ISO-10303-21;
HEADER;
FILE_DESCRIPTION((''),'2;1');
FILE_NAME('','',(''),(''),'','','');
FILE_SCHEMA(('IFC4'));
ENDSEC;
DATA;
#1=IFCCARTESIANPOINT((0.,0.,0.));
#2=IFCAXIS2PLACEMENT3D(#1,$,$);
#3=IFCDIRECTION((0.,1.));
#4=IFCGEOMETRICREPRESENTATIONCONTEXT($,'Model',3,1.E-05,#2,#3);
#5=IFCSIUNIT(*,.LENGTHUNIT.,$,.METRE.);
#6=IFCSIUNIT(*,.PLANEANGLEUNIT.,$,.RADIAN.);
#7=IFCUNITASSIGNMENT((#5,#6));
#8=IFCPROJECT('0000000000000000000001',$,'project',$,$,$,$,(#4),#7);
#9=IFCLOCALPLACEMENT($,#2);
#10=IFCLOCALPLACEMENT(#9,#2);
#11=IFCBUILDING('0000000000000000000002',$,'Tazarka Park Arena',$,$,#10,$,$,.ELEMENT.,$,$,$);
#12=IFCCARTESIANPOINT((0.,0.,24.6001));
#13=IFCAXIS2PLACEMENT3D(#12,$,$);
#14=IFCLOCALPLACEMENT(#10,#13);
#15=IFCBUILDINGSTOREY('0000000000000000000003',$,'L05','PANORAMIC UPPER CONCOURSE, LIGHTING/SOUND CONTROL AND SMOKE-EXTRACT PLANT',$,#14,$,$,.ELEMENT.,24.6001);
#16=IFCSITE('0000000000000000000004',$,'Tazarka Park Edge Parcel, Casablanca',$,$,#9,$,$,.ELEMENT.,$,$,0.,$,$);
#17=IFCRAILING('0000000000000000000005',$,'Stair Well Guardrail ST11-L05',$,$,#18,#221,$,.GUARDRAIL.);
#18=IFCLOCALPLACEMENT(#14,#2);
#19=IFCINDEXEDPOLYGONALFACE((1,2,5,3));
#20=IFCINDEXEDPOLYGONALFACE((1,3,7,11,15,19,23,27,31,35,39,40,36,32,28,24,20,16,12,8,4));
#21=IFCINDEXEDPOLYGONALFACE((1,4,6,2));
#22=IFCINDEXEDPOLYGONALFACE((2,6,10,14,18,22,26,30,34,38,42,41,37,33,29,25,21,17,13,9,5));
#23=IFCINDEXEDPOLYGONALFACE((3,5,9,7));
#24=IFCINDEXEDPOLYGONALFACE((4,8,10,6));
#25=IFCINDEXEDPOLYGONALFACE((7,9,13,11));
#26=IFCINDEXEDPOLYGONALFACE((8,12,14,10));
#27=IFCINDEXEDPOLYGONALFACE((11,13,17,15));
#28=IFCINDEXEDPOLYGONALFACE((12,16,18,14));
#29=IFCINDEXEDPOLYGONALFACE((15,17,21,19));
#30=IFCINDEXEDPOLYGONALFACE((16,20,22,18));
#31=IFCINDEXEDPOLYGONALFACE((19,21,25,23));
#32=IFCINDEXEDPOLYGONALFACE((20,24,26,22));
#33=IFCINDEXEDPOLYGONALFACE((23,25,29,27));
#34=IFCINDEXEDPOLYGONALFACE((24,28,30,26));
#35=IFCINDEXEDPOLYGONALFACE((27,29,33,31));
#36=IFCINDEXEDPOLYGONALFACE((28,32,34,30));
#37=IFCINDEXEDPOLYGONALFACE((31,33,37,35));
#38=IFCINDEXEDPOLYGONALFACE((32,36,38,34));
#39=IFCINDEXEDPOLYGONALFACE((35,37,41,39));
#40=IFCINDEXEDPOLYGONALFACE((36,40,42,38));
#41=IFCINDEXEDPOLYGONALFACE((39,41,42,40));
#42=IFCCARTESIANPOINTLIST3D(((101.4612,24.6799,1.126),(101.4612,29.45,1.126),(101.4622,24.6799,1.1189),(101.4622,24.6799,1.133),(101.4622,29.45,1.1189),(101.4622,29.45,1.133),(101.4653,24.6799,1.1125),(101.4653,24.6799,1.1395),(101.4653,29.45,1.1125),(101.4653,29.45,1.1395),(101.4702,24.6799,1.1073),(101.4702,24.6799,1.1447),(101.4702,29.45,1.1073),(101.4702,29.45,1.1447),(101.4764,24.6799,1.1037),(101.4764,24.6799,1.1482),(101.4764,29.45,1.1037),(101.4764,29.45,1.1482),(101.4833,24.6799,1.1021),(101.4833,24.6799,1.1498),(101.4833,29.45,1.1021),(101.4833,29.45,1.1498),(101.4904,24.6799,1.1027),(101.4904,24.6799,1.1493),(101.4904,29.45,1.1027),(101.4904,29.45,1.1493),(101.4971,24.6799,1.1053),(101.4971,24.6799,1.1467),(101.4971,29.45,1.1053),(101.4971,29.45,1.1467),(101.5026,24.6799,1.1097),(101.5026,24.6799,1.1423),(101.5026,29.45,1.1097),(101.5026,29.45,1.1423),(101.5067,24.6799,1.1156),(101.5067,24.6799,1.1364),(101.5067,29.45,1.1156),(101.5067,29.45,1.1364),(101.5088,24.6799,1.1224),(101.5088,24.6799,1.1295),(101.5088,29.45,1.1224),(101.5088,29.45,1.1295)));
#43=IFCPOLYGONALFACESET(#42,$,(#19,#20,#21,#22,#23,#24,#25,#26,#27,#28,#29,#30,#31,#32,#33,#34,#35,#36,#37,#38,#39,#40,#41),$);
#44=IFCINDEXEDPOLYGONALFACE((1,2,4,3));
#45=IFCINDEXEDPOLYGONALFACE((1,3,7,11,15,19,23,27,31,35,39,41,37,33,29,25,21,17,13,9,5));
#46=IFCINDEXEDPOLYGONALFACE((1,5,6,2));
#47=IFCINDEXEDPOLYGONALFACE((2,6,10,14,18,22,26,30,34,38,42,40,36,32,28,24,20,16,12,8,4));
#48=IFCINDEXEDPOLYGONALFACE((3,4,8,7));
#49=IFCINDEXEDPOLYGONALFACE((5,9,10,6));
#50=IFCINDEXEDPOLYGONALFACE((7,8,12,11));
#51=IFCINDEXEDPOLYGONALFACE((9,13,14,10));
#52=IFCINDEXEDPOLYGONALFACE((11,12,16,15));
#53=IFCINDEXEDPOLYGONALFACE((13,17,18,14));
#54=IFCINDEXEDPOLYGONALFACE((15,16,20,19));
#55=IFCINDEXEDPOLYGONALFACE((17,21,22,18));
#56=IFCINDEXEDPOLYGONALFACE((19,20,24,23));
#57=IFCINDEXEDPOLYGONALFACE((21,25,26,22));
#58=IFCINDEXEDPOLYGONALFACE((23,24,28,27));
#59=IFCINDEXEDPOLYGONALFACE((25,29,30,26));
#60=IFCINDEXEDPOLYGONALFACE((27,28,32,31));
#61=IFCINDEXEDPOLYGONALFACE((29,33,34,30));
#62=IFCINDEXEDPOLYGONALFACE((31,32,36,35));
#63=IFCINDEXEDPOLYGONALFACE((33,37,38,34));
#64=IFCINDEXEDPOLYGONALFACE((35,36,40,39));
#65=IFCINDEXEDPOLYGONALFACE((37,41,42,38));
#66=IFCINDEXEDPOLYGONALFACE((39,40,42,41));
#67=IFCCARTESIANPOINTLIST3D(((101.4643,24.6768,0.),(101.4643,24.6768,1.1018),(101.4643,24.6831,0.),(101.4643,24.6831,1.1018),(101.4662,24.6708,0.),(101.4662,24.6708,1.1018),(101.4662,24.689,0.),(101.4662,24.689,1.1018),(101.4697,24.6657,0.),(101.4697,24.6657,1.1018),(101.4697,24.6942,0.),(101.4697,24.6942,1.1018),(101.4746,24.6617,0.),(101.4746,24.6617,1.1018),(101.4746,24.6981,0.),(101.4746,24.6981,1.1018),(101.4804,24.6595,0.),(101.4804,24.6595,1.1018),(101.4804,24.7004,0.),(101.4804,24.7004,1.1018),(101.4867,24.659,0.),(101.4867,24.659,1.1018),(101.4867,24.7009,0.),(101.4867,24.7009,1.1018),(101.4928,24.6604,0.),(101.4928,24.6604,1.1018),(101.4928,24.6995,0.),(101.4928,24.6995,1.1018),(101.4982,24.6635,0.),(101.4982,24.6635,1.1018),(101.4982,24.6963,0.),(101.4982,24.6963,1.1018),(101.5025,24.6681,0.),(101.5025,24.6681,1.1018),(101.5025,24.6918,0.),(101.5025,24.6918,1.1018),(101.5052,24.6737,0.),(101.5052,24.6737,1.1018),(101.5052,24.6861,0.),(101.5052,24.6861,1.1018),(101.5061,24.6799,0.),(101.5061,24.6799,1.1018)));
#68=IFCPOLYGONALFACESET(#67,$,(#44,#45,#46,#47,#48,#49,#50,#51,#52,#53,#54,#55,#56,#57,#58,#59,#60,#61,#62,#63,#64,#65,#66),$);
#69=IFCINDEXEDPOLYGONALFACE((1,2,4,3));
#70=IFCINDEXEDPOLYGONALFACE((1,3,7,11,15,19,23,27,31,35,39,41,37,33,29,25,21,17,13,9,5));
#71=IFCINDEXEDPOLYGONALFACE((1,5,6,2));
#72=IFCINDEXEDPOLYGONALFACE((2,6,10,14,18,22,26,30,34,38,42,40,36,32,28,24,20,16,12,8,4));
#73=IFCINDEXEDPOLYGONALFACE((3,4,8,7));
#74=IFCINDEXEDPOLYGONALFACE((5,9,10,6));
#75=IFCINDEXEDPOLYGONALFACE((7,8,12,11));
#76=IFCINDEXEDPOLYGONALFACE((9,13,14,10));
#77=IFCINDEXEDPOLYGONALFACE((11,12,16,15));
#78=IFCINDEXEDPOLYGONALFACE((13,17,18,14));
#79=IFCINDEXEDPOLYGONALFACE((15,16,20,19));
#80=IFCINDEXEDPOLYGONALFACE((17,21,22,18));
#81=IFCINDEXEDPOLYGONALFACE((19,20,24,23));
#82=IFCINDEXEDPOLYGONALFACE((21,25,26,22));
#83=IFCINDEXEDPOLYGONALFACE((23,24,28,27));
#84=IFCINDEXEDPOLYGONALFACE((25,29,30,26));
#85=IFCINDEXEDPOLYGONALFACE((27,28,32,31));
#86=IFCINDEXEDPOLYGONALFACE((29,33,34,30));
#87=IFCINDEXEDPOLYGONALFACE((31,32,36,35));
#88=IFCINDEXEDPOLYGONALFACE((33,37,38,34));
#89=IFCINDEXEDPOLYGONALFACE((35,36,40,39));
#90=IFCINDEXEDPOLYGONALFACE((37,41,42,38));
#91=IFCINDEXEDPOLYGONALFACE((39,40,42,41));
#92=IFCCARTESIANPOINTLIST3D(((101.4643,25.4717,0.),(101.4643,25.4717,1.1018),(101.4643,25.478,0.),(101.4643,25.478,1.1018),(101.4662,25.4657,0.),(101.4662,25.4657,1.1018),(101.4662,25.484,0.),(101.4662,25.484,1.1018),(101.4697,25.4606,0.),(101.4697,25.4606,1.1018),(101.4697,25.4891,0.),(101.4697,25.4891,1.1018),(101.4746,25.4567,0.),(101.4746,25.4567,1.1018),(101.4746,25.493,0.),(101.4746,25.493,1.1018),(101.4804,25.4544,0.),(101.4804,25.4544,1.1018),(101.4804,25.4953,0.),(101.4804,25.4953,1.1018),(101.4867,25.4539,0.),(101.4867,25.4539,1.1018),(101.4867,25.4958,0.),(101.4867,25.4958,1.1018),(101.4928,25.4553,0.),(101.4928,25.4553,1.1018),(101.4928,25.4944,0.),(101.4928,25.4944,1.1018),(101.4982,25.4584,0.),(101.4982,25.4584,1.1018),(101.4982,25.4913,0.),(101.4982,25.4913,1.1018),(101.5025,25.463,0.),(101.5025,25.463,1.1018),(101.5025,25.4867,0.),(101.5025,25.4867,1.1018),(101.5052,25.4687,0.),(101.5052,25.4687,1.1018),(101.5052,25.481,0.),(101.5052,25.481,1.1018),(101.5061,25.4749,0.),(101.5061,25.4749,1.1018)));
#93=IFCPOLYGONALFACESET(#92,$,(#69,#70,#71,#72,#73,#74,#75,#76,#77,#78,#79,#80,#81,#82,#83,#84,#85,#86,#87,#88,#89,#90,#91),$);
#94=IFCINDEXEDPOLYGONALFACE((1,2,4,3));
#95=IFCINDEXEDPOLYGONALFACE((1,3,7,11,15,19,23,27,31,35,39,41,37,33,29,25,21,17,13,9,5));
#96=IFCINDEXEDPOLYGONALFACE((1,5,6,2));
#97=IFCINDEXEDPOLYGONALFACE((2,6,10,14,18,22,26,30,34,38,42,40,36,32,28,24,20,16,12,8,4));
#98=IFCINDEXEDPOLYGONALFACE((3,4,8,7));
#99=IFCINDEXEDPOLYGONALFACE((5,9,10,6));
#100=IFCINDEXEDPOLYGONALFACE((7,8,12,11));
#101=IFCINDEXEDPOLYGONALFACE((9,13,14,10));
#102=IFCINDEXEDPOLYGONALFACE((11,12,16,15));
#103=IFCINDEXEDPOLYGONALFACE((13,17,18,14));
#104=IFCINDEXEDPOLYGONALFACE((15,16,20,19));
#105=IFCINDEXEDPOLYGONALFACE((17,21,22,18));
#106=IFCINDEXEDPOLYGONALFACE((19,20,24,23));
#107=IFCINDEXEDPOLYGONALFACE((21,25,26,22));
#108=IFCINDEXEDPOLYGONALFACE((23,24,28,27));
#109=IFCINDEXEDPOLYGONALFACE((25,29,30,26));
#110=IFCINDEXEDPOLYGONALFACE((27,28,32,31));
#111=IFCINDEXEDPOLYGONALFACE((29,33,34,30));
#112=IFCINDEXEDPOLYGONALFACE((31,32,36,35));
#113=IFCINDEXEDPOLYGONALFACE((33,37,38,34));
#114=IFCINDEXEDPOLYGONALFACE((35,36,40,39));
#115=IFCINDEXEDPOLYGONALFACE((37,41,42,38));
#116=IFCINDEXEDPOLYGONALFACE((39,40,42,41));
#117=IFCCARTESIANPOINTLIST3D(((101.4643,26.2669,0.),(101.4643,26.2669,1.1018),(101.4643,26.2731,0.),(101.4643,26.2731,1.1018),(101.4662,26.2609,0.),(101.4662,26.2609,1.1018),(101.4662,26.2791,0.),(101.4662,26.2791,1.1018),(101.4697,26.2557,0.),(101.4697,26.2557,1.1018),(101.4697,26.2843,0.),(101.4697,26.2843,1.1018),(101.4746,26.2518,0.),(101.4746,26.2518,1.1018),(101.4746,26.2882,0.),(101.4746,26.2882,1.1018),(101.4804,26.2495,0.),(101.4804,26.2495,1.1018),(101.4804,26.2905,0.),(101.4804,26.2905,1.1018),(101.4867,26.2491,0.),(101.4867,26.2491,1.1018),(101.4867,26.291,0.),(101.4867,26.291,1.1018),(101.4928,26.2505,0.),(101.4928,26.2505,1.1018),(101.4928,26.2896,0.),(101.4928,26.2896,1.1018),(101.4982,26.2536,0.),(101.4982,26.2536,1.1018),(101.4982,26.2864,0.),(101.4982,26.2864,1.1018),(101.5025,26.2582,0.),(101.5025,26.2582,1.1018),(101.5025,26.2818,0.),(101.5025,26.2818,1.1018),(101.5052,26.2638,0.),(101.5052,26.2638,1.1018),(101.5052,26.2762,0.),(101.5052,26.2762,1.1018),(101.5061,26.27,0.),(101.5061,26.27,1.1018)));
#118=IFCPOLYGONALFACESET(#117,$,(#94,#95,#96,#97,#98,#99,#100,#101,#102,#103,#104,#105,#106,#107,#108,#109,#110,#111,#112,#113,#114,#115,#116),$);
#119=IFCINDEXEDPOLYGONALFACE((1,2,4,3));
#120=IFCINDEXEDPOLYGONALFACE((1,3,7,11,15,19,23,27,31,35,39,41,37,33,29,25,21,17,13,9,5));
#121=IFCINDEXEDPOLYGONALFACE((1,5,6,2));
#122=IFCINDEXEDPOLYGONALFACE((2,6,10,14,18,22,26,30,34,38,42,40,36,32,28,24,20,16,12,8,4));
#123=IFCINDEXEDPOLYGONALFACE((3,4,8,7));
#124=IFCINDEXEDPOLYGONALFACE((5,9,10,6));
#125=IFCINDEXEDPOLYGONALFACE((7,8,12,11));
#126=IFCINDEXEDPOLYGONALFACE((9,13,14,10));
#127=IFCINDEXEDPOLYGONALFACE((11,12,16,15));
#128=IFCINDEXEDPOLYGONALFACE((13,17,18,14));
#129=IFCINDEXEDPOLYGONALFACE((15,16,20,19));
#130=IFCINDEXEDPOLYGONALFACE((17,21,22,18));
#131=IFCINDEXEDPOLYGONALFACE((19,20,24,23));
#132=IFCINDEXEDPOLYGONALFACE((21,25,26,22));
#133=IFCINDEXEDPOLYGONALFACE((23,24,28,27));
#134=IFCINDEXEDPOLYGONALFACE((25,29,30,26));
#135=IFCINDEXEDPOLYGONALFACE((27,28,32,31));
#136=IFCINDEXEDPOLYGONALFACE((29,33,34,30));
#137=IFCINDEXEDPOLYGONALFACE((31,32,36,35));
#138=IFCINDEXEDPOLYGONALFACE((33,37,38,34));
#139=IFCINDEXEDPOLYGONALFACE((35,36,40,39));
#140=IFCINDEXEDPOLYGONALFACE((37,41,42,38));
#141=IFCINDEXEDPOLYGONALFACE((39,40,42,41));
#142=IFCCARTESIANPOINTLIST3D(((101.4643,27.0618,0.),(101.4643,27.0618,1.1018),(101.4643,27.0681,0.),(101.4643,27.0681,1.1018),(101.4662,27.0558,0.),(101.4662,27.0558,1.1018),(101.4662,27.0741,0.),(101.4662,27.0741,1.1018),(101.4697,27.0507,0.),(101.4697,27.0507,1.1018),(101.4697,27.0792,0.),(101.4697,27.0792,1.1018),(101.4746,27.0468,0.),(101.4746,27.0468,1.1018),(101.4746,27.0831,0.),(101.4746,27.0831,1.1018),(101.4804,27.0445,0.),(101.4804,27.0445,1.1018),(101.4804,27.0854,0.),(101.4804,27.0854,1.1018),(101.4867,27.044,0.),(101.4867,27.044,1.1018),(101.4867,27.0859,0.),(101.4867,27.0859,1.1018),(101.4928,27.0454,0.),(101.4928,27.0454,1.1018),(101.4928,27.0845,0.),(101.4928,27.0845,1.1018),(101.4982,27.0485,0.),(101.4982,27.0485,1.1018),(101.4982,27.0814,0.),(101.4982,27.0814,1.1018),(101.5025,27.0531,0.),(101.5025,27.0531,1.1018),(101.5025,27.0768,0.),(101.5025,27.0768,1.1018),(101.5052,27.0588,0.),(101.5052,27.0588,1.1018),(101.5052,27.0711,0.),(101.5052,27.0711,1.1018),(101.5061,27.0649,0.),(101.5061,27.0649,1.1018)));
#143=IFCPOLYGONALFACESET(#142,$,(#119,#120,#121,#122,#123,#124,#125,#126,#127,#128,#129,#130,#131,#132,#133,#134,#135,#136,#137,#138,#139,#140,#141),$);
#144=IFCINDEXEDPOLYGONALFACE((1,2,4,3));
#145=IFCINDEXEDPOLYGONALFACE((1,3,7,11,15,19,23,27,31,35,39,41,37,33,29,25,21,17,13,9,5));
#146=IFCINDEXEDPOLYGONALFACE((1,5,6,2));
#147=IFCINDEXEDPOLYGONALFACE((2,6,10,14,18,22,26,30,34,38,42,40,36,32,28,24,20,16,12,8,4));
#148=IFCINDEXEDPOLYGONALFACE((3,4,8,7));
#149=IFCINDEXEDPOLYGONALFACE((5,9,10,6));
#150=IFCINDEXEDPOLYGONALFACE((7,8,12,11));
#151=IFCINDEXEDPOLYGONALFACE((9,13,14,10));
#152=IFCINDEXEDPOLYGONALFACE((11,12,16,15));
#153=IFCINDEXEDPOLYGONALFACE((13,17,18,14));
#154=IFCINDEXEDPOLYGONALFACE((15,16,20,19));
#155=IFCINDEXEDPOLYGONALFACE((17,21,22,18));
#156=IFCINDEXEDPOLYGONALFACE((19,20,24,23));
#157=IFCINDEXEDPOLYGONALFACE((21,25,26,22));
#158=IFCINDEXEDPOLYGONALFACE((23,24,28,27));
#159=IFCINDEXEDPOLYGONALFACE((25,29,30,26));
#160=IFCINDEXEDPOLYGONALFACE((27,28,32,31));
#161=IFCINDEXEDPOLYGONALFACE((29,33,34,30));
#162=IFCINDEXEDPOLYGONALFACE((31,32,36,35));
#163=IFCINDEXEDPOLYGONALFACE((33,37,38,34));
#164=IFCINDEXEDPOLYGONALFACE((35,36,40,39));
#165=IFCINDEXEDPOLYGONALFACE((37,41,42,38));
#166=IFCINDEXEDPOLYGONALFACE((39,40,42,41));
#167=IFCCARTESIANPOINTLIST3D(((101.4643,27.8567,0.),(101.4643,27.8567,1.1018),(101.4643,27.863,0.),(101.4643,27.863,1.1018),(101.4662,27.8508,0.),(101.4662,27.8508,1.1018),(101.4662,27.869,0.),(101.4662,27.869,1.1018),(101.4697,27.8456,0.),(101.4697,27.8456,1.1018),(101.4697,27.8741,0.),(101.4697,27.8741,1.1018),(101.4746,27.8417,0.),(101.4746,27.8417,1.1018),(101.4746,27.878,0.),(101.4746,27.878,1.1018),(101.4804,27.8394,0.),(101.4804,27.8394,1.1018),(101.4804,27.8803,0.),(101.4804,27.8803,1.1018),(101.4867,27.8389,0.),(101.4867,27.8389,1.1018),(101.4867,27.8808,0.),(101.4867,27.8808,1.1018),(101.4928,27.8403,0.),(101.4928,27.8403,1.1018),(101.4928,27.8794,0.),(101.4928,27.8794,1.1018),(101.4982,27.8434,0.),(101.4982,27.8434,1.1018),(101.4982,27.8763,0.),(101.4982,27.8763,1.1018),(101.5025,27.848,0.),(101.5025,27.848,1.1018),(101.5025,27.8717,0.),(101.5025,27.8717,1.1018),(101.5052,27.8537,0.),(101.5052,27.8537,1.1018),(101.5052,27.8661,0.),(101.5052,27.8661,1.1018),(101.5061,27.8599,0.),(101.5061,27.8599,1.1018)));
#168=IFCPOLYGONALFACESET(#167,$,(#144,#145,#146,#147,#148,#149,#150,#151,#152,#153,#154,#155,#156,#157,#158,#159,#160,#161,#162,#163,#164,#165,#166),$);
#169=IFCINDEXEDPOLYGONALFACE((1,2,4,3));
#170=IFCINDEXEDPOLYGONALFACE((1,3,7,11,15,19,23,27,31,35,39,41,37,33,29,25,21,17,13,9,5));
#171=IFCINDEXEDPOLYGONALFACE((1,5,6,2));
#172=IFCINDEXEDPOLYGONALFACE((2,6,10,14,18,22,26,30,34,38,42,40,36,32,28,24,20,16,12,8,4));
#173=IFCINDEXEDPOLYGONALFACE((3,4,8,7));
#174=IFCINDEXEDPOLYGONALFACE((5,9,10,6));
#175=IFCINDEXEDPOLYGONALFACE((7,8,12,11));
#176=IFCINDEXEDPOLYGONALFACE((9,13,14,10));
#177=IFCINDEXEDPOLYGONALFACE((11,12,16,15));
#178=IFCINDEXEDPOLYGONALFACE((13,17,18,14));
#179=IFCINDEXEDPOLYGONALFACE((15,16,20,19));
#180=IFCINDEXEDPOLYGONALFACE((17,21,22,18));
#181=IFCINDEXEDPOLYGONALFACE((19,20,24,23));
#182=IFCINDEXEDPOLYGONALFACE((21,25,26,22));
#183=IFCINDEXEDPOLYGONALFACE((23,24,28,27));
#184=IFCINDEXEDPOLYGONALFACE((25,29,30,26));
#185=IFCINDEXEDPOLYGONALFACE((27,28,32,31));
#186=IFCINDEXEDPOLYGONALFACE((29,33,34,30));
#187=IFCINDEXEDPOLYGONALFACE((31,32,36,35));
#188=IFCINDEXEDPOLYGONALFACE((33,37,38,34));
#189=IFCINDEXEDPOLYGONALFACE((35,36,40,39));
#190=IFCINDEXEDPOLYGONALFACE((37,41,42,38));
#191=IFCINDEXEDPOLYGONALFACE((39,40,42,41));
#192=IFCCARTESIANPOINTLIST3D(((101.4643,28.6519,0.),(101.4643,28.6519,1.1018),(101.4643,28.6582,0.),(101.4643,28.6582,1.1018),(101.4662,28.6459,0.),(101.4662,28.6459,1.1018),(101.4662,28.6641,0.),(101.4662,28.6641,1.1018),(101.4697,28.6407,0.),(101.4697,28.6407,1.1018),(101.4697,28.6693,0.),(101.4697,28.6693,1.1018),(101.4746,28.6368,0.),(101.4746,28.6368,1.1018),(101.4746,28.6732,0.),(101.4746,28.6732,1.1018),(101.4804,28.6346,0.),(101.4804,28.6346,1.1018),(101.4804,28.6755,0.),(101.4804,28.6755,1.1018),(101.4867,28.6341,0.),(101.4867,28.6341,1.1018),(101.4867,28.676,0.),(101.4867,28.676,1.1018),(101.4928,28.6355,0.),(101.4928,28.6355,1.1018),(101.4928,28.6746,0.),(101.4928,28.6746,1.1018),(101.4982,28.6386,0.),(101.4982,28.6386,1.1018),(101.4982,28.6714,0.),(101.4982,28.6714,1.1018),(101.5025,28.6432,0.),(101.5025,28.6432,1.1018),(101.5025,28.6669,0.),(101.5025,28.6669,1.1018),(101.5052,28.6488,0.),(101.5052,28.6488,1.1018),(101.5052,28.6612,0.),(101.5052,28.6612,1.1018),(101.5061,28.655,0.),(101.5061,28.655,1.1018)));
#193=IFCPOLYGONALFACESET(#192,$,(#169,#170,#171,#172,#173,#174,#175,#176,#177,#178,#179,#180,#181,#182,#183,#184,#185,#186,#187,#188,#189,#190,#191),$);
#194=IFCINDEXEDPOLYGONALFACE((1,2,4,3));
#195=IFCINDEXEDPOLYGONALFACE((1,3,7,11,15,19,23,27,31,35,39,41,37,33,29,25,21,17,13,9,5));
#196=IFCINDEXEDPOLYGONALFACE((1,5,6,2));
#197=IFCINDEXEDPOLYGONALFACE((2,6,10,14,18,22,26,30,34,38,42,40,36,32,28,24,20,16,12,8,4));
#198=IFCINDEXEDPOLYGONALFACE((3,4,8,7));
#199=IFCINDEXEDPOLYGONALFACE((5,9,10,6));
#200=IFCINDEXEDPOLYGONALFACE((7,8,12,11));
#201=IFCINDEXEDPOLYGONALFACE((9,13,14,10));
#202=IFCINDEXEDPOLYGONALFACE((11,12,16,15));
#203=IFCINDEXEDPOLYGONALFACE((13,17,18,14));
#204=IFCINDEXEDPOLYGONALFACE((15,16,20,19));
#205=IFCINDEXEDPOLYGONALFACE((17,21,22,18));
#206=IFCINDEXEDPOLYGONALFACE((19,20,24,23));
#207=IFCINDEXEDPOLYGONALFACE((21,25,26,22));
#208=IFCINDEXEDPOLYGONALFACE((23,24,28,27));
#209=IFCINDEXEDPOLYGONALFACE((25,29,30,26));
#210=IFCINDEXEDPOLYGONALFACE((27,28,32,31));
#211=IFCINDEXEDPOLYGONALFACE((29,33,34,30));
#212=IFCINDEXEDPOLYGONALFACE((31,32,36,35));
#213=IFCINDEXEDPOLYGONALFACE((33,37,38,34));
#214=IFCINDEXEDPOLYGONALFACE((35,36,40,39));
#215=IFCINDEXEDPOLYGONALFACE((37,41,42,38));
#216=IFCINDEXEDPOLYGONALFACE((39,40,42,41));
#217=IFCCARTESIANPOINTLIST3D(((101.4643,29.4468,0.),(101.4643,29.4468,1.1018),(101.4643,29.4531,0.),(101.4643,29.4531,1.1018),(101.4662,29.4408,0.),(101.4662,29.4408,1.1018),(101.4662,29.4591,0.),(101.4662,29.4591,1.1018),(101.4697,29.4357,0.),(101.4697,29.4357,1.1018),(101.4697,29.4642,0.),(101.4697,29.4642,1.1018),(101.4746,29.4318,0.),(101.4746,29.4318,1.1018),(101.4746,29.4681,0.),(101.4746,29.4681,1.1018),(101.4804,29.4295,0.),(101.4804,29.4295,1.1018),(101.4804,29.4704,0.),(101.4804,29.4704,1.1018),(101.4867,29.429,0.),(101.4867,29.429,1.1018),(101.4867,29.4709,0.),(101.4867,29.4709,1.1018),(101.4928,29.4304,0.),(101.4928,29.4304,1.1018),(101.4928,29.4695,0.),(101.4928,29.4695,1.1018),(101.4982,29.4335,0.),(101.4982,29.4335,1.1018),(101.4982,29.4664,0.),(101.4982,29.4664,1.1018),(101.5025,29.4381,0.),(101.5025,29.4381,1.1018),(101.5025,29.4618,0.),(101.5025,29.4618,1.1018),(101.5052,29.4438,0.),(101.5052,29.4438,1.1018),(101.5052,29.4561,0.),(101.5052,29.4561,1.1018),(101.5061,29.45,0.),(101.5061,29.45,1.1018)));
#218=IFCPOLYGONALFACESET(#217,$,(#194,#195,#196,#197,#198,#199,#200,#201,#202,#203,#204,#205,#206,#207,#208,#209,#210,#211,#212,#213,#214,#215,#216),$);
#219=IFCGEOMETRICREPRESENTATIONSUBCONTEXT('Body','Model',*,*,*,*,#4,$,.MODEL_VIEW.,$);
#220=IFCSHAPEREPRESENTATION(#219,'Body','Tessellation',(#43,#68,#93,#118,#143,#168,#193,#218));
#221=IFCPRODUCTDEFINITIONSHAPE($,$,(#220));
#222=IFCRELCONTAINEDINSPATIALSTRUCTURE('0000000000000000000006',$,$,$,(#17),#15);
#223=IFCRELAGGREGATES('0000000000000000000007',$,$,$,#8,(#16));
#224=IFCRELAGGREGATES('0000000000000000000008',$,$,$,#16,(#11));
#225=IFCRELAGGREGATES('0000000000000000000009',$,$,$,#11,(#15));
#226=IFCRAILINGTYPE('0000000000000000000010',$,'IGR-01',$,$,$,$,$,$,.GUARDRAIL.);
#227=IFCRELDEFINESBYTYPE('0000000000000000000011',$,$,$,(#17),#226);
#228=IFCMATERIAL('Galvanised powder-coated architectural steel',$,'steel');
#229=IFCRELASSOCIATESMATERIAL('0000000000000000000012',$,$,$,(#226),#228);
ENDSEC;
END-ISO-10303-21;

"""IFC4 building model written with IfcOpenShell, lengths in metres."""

from ifc_helpers import new_model, si_unit, direction, frame, origin, origin_2d, place, context, subcontext, project, spatial, circle, extrude, material, type_object, element, save


model = new_model("IFC4")

# Units and contexts
model_context = context("Model", 3, precision=1e-05, world=origin(), true_north=direction((0.0, 1.0)))
body_context = subcontext(model_context, "Body", "Model", "MODEL_VIEW")
ifc_project = project(units=[si_unit("LENGTHUNIT", "METRE"), si_unit("PLANEANGLEUNIT", "RADIAN")], contexts=[model_context])

# Site, building, storey
site_placement = place(None, origin())
site = spatial("IfcSite", under=ifc_project, at=site_placement, Name="Tazarka Park Edge Parcel, Casablanca", CompositionType="ELEMENT", RefElevation=0.0)
building_placement = place(site_placement, origin())
building = spatial("IfcBuilding", under=site, at=building_placement, Name="Tazarka Park Arena", CompositionType="ELEMENT")
storey_placement = place(building_placement, frame((0.0, 0.0, 24.6001)))
storey = spatial("IfcBuildingStorey", under=building, at=storey_placement, Name="L05", Description="PANORAMIC UPPER CONCOURSE, LIGHTING/SOUND CONTROL AND SMOKE-EXTRACT PLANT", CompositionType="ELEMENT", Elevation=24.6001)

# Railing
ifc_material_1 = material(Name="Galvanised powder-coated architectural steel", Category="steel")
railing_type = type_object("IfcRailingType", Name="IGR-01", PredefinedType="GUARDRAIL", material=ifc_material_1)
railing_1_placement = place(storey_placement, frame((101.4851, 24.6799, 0.0)))
element("IfcRailing", 1, at=railing_1_placement, inside=storey, type_object=railing_type, Name="Stair Well Guardrail ST11-L05", PredefinedType="GUARDRAIL", context=body_context, shape_type="SweptSolid", body=[
    extrude(circle(Radius=0.0239, at=origin_2d()), frame((0.0, 0.0, 1.126), z_axis=(0.0, 1.0, 0.0), x_axis=(-1.0, 0.0, 0.0)), (0.0, 0.0, 1.0), 4.77),
    extrude(circle(Radius=0.021, at=origin_2d()), origin(), (0.0, 0.0, 1.0), 1.1018),
    extrude(circle(Radius=0.021, at=origin_2d()), frame((0.0, 0.7949, 0.0)), (0.0, 0.0, 1.0), 1.1018),
    extrude(circle(Radius=0.021, at=origin_2d()), frame((0.0, 1.5901, 0.0)), (0.0, 0.0, 1.0), 1.1018),
    extrude(circle(Radius=0.021, at=origin_2d()), frame((0.0, 2.385, 0.0)), (0.0, 0.0, 1.0), 1.1018),
    extrude(circle(Radius=0.021, at=origin_2d()), frame((0.0, 3.1799, 0.0)), (0.0, 0.0, 1.0), 1.1018),
    extrude(circle(Radius=0.021, at=origin_2d()), frame((0.0, 3.9751, 0.0)), (0.0, 0.0, 1.0), 1.1018),
    extrude(circle(Radius=0.021, at=origin_2d()), frame((0.0, 4.77, 0.0)), (0.0, 0.0, 1.0), 1.1018),
])

save(model, "model.ifc")
